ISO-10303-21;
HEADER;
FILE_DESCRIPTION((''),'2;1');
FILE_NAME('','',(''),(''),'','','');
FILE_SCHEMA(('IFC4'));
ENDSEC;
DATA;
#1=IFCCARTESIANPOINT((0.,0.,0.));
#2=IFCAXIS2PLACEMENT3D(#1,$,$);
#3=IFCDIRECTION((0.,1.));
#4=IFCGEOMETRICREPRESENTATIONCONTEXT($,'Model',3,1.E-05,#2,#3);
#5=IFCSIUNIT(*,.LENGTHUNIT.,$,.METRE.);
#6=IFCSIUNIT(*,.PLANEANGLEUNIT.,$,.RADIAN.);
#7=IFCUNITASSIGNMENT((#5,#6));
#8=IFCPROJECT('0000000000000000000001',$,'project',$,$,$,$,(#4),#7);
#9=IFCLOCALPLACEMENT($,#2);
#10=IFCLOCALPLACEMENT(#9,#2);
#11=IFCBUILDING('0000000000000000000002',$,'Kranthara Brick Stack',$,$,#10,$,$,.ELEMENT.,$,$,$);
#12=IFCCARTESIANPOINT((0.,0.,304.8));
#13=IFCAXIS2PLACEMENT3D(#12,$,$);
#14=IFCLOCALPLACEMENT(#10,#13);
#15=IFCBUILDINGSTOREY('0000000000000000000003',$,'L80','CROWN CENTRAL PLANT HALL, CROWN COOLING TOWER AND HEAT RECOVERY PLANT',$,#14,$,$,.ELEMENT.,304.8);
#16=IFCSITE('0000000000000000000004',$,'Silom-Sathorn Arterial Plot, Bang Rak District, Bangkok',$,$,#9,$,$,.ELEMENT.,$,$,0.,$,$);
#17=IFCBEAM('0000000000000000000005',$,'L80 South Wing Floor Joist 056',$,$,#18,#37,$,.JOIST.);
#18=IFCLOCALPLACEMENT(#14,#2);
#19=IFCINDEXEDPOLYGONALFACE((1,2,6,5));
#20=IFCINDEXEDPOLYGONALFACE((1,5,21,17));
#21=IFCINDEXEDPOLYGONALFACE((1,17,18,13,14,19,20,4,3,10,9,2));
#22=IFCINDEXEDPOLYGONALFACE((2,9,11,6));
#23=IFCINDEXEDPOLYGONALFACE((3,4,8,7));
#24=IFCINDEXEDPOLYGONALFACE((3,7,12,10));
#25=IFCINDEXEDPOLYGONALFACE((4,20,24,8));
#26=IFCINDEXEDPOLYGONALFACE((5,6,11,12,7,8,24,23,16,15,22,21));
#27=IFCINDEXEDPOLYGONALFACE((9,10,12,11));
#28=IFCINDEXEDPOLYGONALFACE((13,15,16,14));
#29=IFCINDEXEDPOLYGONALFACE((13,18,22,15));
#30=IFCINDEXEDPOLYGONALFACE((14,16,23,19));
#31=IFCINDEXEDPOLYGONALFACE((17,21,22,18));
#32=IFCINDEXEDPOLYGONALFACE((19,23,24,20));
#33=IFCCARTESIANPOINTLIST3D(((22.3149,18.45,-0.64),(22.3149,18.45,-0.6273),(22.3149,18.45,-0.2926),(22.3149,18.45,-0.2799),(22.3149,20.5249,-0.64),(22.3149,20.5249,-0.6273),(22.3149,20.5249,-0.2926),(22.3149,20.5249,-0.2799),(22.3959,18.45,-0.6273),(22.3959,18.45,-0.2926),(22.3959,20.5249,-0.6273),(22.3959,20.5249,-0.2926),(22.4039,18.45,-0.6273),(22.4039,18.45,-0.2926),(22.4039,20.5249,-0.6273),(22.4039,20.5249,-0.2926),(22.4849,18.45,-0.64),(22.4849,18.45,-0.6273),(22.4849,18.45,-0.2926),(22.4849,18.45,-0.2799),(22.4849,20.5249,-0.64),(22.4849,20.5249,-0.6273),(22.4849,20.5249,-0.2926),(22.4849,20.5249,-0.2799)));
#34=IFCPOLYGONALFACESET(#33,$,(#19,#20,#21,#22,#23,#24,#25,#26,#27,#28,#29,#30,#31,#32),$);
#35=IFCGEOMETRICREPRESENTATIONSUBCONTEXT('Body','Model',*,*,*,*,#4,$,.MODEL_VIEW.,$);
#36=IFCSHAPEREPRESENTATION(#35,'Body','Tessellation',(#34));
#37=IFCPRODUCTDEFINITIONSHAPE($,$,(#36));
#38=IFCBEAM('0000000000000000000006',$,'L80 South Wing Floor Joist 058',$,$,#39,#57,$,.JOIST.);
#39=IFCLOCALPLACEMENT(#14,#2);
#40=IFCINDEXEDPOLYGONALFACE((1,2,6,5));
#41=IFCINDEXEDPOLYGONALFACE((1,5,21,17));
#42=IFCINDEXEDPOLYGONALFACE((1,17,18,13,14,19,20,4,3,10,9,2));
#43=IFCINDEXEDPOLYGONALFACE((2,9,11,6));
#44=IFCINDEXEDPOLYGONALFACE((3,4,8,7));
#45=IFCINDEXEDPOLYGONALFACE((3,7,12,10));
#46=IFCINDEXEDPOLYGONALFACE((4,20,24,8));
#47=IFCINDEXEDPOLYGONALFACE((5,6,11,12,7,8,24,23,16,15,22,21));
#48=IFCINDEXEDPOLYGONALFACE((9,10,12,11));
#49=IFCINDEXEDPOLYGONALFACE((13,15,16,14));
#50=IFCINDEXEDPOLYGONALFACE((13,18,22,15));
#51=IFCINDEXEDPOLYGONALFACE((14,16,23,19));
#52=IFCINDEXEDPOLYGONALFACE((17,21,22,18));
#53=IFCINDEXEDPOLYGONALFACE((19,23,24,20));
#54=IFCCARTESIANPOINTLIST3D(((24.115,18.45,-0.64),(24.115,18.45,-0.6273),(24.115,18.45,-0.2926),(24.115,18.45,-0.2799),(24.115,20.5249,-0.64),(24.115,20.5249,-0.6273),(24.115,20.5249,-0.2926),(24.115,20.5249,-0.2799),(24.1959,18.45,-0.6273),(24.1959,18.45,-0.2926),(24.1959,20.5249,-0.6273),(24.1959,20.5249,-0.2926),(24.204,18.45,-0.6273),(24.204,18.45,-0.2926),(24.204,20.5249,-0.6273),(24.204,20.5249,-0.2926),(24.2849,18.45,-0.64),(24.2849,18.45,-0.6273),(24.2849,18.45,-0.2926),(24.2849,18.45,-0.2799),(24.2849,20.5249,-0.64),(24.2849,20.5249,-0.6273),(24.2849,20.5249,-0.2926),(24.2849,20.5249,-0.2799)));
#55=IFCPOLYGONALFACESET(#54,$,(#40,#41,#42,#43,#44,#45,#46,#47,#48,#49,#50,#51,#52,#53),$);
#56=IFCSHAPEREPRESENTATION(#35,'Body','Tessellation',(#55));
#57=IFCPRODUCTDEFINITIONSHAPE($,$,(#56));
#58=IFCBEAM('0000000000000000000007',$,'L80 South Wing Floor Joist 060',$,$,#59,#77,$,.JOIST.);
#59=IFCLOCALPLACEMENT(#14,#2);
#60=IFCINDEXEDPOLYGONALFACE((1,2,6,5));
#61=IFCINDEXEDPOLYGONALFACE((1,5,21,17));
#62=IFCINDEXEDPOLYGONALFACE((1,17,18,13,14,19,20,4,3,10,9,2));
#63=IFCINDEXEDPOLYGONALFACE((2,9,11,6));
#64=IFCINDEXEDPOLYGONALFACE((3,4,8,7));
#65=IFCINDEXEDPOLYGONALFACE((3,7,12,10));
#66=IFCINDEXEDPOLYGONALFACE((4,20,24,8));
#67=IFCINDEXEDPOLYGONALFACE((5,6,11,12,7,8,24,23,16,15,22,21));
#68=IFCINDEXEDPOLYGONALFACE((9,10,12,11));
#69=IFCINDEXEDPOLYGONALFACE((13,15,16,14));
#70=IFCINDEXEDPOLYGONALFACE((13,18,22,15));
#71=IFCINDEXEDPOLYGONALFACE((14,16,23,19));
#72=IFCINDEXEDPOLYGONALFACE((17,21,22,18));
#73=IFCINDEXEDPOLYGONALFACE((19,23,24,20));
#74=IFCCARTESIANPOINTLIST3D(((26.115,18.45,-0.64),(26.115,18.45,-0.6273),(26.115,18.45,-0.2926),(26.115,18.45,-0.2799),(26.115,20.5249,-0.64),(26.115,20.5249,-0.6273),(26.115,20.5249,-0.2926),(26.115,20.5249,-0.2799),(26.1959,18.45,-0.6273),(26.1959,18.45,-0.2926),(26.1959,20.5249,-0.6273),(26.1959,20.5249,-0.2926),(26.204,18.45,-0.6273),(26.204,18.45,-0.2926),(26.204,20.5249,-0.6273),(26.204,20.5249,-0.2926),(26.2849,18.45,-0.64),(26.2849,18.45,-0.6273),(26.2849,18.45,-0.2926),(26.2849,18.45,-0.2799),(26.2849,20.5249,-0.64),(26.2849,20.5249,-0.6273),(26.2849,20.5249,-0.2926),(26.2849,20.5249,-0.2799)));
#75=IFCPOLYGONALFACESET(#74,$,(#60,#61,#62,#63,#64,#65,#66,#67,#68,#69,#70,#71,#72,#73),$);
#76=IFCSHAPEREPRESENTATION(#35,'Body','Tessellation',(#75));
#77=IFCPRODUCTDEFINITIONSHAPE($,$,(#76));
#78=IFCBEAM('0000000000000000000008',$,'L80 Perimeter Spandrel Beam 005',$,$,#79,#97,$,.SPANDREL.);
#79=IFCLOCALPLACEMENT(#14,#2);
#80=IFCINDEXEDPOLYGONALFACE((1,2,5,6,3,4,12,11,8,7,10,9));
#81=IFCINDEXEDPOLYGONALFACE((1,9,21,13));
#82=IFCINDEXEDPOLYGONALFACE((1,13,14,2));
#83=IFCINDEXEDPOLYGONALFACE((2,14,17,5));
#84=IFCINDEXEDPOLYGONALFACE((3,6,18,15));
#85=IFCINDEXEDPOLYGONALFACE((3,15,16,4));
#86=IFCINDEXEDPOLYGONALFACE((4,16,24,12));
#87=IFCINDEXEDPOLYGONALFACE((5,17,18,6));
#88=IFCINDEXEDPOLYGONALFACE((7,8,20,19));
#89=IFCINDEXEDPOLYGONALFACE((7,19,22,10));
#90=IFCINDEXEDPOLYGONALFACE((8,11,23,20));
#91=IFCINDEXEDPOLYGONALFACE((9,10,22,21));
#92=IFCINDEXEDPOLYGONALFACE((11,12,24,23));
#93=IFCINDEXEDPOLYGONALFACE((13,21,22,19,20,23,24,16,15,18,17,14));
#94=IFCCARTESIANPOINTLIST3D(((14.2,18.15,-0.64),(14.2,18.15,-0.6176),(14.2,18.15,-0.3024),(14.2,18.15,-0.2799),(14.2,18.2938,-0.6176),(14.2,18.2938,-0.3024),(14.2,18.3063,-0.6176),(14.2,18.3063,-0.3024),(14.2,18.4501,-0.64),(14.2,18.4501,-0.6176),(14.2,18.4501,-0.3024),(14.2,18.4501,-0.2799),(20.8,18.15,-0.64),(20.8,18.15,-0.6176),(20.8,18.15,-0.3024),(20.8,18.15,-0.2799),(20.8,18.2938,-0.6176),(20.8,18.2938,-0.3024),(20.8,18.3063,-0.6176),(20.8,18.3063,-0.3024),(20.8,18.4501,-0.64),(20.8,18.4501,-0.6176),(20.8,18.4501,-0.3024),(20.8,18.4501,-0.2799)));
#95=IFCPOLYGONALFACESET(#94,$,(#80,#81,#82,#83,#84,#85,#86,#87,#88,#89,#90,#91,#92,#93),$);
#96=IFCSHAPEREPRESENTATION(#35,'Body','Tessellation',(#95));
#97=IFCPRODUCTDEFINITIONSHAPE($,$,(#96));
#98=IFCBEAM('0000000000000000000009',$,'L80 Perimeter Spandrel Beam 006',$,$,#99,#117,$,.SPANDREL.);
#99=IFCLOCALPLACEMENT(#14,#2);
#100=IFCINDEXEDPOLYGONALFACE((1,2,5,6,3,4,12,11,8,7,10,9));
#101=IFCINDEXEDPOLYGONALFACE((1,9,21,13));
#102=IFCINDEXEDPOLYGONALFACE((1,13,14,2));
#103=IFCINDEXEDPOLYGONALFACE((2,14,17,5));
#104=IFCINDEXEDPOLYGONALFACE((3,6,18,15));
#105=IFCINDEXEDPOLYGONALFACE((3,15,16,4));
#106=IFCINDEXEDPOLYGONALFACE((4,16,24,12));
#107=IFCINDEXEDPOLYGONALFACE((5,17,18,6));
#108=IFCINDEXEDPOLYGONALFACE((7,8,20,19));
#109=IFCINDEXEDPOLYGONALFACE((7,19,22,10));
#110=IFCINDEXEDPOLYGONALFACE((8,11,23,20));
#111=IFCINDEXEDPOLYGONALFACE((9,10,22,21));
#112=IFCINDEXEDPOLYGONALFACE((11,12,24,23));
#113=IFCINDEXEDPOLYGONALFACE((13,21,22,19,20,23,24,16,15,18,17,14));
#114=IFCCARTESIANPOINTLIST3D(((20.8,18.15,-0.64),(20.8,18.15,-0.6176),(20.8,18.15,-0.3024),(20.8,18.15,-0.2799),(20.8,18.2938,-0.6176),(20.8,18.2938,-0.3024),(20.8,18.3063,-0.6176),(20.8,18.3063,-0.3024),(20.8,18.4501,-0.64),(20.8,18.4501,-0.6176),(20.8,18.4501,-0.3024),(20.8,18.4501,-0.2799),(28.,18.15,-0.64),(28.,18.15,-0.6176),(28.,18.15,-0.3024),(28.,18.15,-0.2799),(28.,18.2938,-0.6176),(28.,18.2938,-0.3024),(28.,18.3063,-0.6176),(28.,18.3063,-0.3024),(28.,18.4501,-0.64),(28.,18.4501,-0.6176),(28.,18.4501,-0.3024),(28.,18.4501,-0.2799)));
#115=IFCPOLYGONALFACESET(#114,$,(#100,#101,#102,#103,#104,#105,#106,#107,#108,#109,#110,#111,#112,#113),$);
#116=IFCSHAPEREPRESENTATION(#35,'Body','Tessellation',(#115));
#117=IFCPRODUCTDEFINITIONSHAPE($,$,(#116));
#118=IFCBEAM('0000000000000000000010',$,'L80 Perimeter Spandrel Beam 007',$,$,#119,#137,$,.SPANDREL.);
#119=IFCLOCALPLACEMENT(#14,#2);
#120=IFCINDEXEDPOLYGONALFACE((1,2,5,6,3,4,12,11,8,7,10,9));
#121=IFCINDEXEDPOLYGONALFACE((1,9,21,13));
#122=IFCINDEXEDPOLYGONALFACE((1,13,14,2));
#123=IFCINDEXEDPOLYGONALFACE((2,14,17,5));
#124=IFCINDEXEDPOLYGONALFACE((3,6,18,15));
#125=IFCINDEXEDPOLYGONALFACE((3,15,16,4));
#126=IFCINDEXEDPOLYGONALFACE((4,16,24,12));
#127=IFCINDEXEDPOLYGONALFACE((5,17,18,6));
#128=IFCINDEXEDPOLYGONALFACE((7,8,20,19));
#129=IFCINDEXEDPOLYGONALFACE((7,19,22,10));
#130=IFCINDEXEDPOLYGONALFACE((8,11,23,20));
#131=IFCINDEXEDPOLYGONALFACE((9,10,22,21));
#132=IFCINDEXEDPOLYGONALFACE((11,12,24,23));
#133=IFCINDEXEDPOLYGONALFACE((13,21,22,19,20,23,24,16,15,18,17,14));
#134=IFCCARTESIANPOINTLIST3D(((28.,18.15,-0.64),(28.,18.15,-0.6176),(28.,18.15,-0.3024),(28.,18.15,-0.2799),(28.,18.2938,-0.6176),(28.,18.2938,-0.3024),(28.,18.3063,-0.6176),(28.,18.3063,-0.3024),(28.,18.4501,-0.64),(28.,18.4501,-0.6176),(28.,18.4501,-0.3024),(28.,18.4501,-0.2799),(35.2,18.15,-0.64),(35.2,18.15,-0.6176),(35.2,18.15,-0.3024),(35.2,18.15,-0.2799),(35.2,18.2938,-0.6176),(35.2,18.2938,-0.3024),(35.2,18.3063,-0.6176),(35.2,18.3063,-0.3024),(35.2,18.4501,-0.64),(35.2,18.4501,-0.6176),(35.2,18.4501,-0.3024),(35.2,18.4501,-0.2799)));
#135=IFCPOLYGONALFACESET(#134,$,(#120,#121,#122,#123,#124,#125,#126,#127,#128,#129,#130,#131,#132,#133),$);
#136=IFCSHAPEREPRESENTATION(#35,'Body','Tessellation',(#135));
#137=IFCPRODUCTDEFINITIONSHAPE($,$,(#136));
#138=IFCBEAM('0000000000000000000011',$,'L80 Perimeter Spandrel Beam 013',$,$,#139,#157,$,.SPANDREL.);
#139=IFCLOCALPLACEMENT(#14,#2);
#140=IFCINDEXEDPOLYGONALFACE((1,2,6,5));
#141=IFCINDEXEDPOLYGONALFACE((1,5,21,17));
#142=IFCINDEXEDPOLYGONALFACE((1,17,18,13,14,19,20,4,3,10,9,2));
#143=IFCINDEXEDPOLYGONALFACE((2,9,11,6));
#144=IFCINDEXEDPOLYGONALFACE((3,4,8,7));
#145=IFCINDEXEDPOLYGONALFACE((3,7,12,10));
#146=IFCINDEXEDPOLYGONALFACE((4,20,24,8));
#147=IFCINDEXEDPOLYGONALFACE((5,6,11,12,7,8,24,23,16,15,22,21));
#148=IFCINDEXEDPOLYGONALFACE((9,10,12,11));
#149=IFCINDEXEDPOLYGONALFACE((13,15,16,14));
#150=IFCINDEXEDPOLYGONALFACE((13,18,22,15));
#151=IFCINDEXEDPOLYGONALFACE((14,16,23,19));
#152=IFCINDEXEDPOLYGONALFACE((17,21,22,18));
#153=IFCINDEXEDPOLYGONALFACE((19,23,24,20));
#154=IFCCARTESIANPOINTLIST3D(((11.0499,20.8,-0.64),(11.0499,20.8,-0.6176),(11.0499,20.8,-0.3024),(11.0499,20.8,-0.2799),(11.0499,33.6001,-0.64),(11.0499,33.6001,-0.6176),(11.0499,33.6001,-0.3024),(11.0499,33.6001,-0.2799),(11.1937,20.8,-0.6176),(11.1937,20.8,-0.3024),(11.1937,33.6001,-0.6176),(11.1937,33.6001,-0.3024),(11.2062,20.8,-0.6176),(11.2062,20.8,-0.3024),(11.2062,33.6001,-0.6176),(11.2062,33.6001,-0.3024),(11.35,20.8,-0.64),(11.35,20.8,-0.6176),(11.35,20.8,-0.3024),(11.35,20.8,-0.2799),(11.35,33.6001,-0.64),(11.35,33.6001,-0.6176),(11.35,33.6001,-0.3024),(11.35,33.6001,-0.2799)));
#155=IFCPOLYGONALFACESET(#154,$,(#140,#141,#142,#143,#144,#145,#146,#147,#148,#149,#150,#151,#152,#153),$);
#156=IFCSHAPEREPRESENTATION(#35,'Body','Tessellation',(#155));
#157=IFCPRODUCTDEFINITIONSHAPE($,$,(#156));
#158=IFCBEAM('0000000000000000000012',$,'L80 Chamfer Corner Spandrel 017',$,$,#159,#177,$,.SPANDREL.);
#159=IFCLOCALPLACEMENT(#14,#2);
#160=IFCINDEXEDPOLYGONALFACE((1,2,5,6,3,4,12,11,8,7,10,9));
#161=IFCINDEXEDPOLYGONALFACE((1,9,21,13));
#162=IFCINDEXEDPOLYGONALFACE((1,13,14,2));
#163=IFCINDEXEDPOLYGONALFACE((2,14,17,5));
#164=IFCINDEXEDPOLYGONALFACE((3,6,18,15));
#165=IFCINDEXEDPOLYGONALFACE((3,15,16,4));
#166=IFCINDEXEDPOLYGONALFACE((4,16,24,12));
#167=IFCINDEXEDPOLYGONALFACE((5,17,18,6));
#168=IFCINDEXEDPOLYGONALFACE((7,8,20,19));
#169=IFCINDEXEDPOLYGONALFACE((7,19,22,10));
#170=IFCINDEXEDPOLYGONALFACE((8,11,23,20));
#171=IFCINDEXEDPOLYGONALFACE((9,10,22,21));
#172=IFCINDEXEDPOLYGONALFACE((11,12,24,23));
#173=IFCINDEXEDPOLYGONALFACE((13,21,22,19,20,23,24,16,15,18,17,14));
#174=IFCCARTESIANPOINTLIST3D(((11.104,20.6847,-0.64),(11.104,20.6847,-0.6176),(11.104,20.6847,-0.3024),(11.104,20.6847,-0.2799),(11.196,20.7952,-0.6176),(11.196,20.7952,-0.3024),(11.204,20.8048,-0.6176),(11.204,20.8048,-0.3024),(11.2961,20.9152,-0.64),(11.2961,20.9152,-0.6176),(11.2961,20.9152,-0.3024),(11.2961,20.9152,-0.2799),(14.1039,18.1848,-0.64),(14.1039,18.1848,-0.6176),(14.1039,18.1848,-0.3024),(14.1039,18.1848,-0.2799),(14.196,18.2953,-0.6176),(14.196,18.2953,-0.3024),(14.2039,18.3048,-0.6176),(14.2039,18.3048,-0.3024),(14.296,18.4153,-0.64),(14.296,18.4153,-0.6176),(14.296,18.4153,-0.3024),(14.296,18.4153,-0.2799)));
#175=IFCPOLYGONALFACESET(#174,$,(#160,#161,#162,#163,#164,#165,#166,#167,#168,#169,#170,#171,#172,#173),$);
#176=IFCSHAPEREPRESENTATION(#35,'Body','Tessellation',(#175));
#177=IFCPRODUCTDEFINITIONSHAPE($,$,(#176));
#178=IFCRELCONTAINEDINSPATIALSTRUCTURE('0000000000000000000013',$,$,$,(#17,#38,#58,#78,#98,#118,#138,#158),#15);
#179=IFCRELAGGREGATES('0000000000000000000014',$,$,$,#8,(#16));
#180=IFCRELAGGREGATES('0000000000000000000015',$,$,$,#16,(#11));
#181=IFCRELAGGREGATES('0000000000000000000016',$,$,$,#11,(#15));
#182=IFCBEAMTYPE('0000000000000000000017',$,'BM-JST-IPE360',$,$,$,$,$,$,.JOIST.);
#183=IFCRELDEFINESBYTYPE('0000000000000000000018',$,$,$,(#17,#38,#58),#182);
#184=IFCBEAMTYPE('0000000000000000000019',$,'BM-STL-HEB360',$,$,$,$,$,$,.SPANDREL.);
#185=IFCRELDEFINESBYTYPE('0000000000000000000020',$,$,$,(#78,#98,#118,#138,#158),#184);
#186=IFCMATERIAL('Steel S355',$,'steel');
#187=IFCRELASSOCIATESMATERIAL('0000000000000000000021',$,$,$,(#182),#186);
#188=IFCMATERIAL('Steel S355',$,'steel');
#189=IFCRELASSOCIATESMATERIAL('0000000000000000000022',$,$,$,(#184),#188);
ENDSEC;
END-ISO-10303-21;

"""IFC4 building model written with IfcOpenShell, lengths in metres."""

from ifc_helpers import new_model, si_unit, direction, frame, origin, origin_2d, place, context, subcontext, project, spatial, i_section, extrude, material, material_profile, profile_set, type_object, element, save


model = new_model("IFC4")

# Units and contexts
model_context = context("Model", 3, precision=1e-05, world=origin(), true_north=direction((0.0, 1.0)))
body_context = subcontext(model_context, "Body", "Model", "MODEL_VIEW")
ifc_project = project(units=[si_unit("LENGTHUNIT", "METRE"), si_unit("PLANEANGLEUNIT", "RADIAN")], contexts=[model_context])

# Site, building, storey
site_placement = place(None, origin())
site = spatial("IfcSite", under=ifc_project, at=site_placement, Name="Silom-Sathorn Arterial Plot, Bang Rak District, Bangkok", CompositionType="ELEMENT", RefElevation=0.0)
building_placement = place(site_placement, origin())
building = spatial("IfcBuilding", under=site, at=building_placement, Name="Kranthara Brick Stack", CompositionType="ELEMENT")
storey_placement = place(building_placement, frame((0.0, 0.0, 304.8)))
storey = spatial("IfcBuildingStorey", under=building, at=storey_placement, Name="L80", Description="CROWN CENTRAL PLANT HALL, CROWN COOLING TOWER AND HEAT RECOVERY PLANT", CompositionType="ELEMENT", Elevation=304.8)

# Beams
ifc_material_1 = material(Name="Steel S355", Category="steel")
ifc_material_profile_1 = material_profile(ifc_material_1, i_section(OverallWidth=0.1699, OverallDepth=0.3601, WebThickness=0.0081, FlangeThickness=0.0127, at=origin_2d()), Name="IPE 360")
ifc_profile_set_1 = profile_set([ifc_material_profile_1], Name="Steel S355")
beam_type_1 = type_object("IfcBeamType", Name="BM-JST-IPE360", PredefinedType="JOIST", material=ifc_profile_set_1)
for number, where, z_axis, x_axis, name in (
    (1, (22.3999, 18.45, -0.46), (0.0, 1.0, 0.0), (-1.0, 0.0, 0.0), "L80 South Wing Floor Joist 056"),
    (2, (24.2, 18.45, -0.46), (0.0, 1.0, 0.0), (-1.0, 0.0, 0.0), "L80 South Wing Floor Joist 058"),
    (3, (26.2, 18.45, -0.46), (0.0, 1.0, 0.0), (-1.0, 0.0, 0.0), "L80 South Wing Floor Joist 060"),
):
    element("IfcBeam", number, at=place(storey_placement, frame(where, z_axis=z_axis, x_axis=x_axis)), inside=storey, type_object=beam_type_1, Name=name, PredefinedType="JOIST", context=body_context, shape_type="SweptSolid", body=[
        extrude(i_section(OverallWidth=0.1699, OverallDepth=0.3601, WebThickness=0.0081, FlangeThickness=0.0127, at=origin_2d()), origin(), (0.0, 0.0, 1.0), 2.075),
    ])
ifc_material_2 = material(Name="Steel S355", Category="steel")
ifc_material_profile_2 = material_profile(ifc_material_2, i_section(OverallWidth=0.3, OverallDepth=0.3601, WebThickness=0.0125, FlangeThickness=0.0225, at=origin_2d()), Name="HEB 360")
ifc_profile_set_2 = profile_set([ifc_material_profile_2], Name="Steel S355")
beam_type_2 = type_object("IfcBeamType", Name="BM-STL-HEB360", PredefinedType="SPANDREL", material=ifc_profile_set_2)
beam_1_placement = place(storey_placement, frame((14.2, 18.3, -0.46), z_axis=(1.0, 0.0, 0.0), x_axis=(0.0, 1.0, 0.0)))
element("IfcBeam", 4, at=beam_1_placement, inside=storey, type_object=beam_type_2, Name="L80 Perimeter Spandrel Beam 005", PredefinedType="SPANDREL", context=body_context, shape_type="SweptSolid", body=[
    extrude(i_section(OverallWidth=0.3, OverallDepth=0.3601, WebThickness=0.0125, FlangeThickness=0.0225, at=origin_2d()), origin(), (0.0, 0.0, 1.0), 6.6001),
])
for number, where, z_axis, x_axis, name in (
    (5, (20.8, 18.3, -0.46), (1.0, 0.0, 0.0), (0.0, 1.0, 0.0), "L80 Perimeter Spandrel Beam 006"),
    (6, (28.0, 18.3, -0.46), (1.0, 0.0, 0.0), (0.0, 1.0, 0.0), "L80 Perimeter Spandrel Beam 007"),
):
    element("IfcBeam", number, at=place(storey_placement, frame(where, z_axis=z_axis, x_axis=x_axis)), inside=storey, type_object=beam_type_2, Name=name, PredefinedType="SPANDREL", context=body_context, shape_type="SweptSolid", body=[
        extrude(i_section(OverallWidth=0.3, OverallDepth=0.3601, WebThickness=0.0125, FlangeThickness=0.0225, at=origin_2d()), origin(), (0.0, 0.0, 1.0), 7.2),
    ])
beam_2_placement = place(storey_placement, frame((11.2, 20.8, -0.46), z_axis=(0.0, 1.0, 0.0), x_axis=(-1.0, 0.0, 0.0)))
element("IfcBeam", 7, at=beam_2_placement, inside=storey, type_object=beam_type_2, Name="L80 Perimeter Spandrel Beam 013", PredefinedType="SPANDREL", context=body_context, shape_type="SweptSolid", body=[
    extrude(i_section(OverallWidth=0.3, OverallDepth=0.3601, WebThickness=0.0125, FlangeThickness=0.0225, at=origin_2d()), origin(), (0.0, 0.0, 1.0), 12.8),
])
beam_3_placement = place(storey_placement, frame((14.2, 18.3, -0.46), z_axis=(-0.768221, 0.640184, 0.0), x_axis=(-0.640184, -0.768221, 0.0)))
element("IfcBeam", 8, at=beam_3_placement, inside=storey, type_object=beam_type_2, Name="L80 Chamfer Corner Spandrel 017", PredefinedType="SPANDREL", context=body_context, shape_type="SweptSolid", body=[
    extrude(i_section(OverallWidth=0.3, OverallDepth=0.3601, WebThickness=0.0125, FlangeThickness=0.0225, at=origin_2d()), origin(), (0.0, 0.0, 1.0), 3.905),
])

save(model, "model.ifc")
